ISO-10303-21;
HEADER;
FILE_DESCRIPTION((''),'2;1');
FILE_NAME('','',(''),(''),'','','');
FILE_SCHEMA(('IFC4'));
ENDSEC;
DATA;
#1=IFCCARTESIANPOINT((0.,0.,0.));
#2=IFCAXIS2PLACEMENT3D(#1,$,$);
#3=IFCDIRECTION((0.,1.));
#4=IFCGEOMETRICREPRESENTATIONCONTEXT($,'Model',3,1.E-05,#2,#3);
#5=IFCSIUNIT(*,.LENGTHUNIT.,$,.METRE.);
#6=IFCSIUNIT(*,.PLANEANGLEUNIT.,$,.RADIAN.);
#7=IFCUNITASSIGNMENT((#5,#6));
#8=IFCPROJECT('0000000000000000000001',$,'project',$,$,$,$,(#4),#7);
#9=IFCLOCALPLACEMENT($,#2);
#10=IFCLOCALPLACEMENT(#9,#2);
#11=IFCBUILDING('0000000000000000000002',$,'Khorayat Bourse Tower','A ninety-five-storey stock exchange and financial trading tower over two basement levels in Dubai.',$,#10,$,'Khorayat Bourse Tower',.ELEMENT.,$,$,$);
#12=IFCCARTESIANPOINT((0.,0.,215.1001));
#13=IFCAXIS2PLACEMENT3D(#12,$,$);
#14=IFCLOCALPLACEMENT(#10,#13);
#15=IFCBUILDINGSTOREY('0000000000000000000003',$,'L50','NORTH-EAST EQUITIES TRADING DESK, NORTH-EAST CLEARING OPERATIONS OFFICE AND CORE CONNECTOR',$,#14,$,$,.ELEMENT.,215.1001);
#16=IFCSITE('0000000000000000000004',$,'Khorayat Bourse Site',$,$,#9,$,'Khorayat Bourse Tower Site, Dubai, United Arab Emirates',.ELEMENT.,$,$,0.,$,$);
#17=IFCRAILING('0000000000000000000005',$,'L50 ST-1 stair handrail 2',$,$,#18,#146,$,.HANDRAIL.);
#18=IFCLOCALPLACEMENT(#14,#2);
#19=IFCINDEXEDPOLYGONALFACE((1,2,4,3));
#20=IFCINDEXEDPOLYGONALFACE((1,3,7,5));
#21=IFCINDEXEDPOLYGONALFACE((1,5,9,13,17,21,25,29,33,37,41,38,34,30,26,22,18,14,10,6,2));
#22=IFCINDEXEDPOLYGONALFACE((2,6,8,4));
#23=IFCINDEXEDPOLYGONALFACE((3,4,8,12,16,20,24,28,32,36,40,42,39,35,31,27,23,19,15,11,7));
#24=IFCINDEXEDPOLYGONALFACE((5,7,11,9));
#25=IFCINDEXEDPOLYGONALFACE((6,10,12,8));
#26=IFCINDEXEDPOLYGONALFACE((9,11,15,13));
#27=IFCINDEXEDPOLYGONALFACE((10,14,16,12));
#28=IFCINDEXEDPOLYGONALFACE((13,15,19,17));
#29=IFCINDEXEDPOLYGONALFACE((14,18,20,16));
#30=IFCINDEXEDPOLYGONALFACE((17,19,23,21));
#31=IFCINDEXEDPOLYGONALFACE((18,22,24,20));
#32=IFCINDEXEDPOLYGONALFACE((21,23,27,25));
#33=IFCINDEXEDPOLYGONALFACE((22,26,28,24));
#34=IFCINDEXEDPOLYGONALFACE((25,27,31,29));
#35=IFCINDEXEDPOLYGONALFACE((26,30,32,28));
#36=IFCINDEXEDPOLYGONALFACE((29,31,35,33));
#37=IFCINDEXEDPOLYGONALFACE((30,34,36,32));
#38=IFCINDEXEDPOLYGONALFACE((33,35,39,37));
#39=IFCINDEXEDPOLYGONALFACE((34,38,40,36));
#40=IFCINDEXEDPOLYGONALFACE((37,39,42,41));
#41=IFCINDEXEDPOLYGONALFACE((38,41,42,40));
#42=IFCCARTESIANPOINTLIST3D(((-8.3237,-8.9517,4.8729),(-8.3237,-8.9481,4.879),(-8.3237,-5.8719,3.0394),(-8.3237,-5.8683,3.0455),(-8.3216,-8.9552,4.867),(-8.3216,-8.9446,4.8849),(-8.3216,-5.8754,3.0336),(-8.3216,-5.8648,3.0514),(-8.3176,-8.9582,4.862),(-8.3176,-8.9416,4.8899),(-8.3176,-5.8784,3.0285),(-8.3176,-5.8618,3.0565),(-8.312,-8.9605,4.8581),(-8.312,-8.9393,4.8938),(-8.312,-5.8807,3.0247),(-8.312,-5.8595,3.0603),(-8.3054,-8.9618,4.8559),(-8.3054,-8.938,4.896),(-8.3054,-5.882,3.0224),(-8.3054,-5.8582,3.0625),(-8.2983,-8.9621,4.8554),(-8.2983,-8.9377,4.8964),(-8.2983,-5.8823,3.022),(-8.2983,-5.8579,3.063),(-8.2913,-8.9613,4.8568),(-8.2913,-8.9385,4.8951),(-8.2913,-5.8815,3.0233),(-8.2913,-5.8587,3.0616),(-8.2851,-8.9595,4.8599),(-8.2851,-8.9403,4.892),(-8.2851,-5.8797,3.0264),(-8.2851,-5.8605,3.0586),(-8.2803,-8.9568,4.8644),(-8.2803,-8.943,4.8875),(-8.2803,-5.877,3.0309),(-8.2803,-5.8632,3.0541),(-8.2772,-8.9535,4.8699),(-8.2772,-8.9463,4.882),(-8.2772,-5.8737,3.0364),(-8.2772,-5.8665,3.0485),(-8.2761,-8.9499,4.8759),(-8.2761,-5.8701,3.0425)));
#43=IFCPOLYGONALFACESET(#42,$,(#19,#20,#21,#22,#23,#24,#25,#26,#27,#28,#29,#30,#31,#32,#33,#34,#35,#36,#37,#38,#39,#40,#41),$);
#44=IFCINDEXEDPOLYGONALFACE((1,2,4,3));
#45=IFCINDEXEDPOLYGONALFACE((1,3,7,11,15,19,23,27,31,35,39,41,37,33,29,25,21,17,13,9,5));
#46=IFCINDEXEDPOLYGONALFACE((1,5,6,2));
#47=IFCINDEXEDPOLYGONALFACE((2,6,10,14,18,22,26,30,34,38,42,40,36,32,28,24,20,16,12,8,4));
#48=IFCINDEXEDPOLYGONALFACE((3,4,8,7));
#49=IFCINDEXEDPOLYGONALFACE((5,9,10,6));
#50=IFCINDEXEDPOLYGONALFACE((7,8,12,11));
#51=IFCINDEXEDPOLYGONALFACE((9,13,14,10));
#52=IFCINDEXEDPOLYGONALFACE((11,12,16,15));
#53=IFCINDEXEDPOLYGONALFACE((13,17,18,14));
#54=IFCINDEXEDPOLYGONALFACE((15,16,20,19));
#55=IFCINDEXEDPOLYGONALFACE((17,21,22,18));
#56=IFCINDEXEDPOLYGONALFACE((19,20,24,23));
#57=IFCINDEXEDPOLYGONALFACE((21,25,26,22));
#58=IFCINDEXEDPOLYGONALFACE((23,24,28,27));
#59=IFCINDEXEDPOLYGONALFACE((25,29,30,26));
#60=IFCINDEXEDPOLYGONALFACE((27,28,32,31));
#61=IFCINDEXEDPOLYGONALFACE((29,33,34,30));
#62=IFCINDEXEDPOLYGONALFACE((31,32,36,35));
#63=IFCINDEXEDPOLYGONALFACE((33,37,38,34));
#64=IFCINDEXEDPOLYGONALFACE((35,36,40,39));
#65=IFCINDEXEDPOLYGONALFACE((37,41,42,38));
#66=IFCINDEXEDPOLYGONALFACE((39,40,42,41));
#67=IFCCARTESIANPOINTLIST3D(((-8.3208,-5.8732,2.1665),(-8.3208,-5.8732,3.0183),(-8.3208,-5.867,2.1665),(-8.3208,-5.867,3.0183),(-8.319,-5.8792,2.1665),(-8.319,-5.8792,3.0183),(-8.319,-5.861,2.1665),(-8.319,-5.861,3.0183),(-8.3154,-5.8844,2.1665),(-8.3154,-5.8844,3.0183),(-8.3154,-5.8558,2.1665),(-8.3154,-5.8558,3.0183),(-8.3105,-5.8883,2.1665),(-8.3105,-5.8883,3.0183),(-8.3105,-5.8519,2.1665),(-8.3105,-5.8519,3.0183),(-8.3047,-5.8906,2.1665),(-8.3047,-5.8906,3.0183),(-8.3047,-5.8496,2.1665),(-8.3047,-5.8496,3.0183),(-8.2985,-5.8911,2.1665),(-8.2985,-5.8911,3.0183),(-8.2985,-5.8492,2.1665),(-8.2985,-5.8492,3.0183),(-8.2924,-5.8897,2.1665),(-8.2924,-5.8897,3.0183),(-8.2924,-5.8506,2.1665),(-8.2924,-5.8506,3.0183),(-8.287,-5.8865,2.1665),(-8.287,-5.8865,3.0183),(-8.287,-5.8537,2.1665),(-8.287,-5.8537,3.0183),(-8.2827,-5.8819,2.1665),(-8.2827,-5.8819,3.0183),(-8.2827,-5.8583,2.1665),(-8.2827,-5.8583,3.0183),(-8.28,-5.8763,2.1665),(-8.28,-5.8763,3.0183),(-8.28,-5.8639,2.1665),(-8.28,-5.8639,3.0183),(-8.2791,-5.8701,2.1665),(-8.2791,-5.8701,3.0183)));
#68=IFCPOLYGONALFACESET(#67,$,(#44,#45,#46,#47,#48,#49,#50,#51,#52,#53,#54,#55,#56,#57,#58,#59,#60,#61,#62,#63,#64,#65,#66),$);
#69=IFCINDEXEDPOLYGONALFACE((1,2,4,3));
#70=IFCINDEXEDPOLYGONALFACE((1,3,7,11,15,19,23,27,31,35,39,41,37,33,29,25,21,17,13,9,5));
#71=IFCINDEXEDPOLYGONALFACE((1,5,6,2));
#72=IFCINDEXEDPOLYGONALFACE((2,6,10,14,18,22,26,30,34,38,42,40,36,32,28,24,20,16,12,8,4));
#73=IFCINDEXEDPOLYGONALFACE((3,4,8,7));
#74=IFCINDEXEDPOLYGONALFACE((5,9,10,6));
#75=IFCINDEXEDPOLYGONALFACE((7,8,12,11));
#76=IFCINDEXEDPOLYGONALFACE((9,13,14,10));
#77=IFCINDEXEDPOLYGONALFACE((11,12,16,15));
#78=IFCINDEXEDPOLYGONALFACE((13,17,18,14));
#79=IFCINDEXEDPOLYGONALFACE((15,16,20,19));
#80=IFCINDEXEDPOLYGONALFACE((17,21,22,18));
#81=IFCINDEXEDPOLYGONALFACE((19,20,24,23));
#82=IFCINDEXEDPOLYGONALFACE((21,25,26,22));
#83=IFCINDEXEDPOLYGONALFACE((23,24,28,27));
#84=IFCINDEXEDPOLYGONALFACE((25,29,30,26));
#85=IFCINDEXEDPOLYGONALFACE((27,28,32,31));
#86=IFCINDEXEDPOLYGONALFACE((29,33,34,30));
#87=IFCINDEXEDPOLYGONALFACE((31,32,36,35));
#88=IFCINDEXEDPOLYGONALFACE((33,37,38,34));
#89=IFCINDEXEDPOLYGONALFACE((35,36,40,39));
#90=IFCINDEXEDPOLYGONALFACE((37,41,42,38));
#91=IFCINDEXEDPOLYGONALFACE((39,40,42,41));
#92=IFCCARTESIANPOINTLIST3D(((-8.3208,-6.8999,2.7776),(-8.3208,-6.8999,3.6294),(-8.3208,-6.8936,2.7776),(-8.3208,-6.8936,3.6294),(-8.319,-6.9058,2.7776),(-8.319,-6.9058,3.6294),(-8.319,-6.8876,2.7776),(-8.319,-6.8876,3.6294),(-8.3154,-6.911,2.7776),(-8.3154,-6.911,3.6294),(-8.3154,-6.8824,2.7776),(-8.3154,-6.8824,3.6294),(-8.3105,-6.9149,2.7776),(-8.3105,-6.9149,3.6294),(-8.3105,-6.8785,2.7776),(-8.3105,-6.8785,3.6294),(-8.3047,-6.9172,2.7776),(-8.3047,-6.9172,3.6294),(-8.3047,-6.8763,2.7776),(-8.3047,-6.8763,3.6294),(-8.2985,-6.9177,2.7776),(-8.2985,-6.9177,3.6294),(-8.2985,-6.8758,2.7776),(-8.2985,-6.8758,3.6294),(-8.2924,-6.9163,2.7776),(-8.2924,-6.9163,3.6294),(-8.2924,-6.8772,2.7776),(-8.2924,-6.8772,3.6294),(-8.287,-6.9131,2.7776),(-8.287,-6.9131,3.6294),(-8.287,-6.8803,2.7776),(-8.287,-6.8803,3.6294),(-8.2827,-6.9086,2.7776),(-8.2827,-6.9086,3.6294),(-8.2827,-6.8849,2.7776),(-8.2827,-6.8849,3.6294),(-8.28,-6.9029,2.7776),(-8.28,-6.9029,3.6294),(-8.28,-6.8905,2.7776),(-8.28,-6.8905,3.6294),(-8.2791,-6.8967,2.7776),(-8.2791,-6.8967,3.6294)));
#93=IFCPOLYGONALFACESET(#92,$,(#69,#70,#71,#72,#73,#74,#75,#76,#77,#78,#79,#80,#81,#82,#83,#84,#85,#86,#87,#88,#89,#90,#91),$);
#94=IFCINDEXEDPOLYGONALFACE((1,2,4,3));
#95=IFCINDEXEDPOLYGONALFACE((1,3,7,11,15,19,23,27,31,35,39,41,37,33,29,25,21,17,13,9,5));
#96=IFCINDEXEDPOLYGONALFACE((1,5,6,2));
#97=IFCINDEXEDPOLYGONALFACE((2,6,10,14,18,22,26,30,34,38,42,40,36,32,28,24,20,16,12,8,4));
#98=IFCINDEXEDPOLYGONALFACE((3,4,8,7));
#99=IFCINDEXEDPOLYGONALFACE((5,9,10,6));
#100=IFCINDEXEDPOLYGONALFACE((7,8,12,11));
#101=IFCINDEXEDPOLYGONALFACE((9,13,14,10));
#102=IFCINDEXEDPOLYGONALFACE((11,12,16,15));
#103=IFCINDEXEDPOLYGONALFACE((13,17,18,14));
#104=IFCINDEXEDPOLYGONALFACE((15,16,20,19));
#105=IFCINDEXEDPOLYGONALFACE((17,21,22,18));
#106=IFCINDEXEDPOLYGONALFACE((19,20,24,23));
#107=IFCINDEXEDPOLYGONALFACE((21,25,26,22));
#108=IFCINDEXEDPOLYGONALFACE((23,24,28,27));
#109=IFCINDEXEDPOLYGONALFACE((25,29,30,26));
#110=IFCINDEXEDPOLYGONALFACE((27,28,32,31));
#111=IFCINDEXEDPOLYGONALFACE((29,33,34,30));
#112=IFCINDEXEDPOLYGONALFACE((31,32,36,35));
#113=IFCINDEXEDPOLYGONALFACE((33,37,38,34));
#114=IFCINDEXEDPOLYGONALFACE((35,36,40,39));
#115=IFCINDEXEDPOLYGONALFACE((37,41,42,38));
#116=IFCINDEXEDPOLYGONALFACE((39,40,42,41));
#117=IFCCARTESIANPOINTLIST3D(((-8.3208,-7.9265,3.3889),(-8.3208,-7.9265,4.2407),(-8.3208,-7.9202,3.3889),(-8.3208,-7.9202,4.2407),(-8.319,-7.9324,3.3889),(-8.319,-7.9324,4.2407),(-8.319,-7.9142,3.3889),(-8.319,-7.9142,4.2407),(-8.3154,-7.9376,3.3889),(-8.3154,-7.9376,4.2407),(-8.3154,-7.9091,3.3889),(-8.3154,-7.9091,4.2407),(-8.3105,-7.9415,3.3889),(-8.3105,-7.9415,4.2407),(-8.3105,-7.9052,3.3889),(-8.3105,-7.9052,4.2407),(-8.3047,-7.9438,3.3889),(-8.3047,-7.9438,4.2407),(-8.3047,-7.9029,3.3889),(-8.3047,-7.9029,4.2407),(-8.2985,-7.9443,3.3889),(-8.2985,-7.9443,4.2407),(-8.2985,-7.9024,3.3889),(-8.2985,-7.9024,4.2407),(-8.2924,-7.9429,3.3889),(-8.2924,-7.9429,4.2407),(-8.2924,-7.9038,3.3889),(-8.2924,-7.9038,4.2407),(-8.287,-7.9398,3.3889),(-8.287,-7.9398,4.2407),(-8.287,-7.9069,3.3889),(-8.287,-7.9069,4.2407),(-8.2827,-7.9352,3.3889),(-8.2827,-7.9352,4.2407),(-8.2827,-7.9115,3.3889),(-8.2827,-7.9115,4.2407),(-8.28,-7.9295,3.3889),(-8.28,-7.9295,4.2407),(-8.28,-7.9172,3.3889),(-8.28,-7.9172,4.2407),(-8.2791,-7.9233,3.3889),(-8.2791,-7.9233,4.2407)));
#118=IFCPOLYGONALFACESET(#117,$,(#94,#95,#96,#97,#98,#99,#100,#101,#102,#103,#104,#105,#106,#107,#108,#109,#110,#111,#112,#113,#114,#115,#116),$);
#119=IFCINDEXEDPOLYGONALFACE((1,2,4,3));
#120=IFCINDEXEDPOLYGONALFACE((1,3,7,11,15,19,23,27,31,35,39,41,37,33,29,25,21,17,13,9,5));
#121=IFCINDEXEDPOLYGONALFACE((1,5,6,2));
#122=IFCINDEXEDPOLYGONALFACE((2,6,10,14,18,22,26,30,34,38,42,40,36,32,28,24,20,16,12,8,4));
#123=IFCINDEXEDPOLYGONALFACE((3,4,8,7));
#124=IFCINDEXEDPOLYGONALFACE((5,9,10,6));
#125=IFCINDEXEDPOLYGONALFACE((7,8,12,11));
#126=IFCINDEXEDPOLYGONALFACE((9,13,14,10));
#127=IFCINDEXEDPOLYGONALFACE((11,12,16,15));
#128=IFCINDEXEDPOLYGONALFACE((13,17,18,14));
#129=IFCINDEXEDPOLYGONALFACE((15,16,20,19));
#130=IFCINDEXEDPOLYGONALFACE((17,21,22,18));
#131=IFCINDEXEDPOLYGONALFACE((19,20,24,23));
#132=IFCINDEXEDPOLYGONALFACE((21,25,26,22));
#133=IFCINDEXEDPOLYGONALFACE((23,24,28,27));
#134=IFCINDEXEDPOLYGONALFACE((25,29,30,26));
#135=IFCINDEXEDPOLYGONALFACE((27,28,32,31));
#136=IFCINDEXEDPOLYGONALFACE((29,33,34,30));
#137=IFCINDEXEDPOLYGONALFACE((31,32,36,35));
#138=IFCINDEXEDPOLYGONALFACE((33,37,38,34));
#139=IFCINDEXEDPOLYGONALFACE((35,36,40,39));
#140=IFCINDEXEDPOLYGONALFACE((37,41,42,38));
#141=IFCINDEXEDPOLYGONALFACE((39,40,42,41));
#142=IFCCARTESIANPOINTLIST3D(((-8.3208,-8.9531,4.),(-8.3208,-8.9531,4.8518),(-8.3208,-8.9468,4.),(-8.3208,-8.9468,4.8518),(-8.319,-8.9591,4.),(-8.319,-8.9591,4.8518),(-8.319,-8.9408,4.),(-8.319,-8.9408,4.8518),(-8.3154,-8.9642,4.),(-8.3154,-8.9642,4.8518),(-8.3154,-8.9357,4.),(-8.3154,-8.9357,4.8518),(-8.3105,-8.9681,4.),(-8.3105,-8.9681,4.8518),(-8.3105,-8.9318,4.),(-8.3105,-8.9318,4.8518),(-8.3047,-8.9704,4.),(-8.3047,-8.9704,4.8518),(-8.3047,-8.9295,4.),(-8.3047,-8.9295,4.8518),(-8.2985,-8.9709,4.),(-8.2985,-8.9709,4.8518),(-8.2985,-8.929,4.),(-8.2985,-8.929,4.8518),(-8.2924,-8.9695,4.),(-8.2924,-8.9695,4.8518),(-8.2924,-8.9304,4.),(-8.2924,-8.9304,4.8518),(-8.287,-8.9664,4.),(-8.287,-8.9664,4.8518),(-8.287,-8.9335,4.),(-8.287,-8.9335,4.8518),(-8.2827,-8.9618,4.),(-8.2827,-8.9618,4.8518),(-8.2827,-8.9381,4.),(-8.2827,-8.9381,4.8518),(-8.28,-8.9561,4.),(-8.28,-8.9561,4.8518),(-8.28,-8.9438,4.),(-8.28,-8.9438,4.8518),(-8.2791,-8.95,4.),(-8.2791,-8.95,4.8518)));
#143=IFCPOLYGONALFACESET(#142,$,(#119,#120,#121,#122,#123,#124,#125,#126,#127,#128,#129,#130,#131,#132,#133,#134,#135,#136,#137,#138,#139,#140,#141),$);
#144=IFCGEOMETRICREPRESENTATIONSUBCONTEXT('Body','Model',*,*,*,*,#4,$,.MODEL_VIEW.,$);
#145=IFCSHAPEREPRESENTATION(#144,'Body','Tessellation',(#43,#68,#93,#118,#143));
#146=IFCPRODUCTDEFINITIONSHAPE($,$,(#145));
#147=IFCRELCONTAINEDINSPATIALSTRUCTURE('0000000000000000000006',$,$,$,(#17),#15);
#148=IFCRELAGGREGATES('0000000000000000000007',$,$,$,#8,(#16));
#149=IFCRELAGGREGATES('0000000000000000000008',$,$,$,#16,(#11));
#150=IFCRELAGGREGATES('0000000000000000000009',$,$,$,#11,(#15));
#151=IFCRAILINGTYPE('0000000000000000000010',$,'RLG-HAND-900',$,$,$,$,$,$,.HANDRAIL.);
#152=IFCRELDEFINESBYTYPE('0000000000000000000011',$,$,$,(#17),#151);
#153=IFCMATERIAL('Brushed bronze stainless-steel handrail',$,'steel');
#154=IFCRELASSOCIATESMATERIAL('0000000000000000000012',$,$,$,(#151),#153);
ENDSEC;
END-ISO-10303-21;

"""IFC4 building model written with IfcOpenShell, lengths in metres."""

from ifc_helpers import new_model, si_unit, direction, frame, origin, origin_2d, place, context, subcontext, project, spatial, circle, extrude, source, transform, mapped, material, type_object, element, save


model = new_model("IFC4")

# Units and contexts
model_context = context("Model", 3, precision=1e-05, world=origin(), true_north=direction((0.0, 1.0)))
body_context = subcontext(model_context, "Body", "Model", "MODEL_VIEW")
ifc_project = project(units=[si_unit("LENGTHUNIT", "METRE"), si_unit("PLANEANGLEUNIT", "RADIAN")], contexts=[model_context])

# Site, building, storey
site_placement = place(None, origin())
site = spatial("IfcSite", under=ifc_project, at=site_placement, Name="Khorayat Bourse Site", LongName="Khorayat Bourse Tower Site, Dubai, United Arab Emirates", CompositionType="ELEMENT", RefElevation=0.0)
building_placement = place(site_placement, origin())
building = spatial("IfcBuilding", under=site, at=building_placement, Name="Khorayat Bourse Tower", Description="A ninety-five-storey stock exchange and financial trading tower over two basement levels in Dubai.", LongName="Khorayat Bourse Tower", CompositionType="ELEMENT")
storey_placement = place(building_placement, frame((0.0, 0.0, 215.1001)))
storey = spatial("IfcBuildingStorey", under=building, at=storey_placement, Name="L50", Description="NORTH-EAST EQUITIES TRADING DESK, NORTH-EAST CLEARING OPERATIONS OFFICE AND CORE CONNECTOR", CompositionType="ELEMENT", Elevation=215.1001)

# Railing
ifc_material_1 = material(Name="Brushed bronze stainless-steel handrail", Category="steel")
railing_type_1 = type_object("IfcRailingType", Name="RLG-HAND-900", PredefinedType="HANDRAIL", material=ifc_material_1)
shared_shape_1 = source(origin(), body_context, "Body", "SweptSolid", [
    extrude(circle(Radius=0.0239, at=origin_2d()), frame((0.0, 0.0, 0.876), z_axis=(0.0, -0.859261, 0.511538), x_axis=(1.0, 0.0, 0.0)), (0.0, 0.0, 1.0), 3.5842),
    extrude(circle(Radius=0.021, at=origin_2d()), origin(), (0.0, 0.0, 1.0), 0.8518),
    extrude(circle(Radius=0.021, at=origin_2d()), frame((0.0, -1.0266, 0.6111)), (0.0, 0.0, 1.0), 0.8518),
    extrude(circle(Radius=0.021, at=origin_2d()), frame((0.0, -2.0532, 1.2224)), (0.0, 0.0, 1.0), 0.8518),
    extrude(circle(Radius=0.021, at=origin_2d()), frame((0.0, -3.0798, 1.8335)), (0.0, 0.0, 1.0), 0.8518),
])
railing_1_placement = place(storey_placement, frame((-8.3, -5.8701, 2.1665)))
element("IfcRailing", 1, at=railing_1_placement, inside=storey, type_object=railing_type_1, Name="L50 ST-1 stair handrail 2", PredefinedType="HANDRAIL", context=body_context, shape_type="MappedRepresentation", body=[
    mapped(shared_shape_1, transform((0.0, 0.0, 0.0), scale=1.0)),
])

save(model, "model.ifc")
